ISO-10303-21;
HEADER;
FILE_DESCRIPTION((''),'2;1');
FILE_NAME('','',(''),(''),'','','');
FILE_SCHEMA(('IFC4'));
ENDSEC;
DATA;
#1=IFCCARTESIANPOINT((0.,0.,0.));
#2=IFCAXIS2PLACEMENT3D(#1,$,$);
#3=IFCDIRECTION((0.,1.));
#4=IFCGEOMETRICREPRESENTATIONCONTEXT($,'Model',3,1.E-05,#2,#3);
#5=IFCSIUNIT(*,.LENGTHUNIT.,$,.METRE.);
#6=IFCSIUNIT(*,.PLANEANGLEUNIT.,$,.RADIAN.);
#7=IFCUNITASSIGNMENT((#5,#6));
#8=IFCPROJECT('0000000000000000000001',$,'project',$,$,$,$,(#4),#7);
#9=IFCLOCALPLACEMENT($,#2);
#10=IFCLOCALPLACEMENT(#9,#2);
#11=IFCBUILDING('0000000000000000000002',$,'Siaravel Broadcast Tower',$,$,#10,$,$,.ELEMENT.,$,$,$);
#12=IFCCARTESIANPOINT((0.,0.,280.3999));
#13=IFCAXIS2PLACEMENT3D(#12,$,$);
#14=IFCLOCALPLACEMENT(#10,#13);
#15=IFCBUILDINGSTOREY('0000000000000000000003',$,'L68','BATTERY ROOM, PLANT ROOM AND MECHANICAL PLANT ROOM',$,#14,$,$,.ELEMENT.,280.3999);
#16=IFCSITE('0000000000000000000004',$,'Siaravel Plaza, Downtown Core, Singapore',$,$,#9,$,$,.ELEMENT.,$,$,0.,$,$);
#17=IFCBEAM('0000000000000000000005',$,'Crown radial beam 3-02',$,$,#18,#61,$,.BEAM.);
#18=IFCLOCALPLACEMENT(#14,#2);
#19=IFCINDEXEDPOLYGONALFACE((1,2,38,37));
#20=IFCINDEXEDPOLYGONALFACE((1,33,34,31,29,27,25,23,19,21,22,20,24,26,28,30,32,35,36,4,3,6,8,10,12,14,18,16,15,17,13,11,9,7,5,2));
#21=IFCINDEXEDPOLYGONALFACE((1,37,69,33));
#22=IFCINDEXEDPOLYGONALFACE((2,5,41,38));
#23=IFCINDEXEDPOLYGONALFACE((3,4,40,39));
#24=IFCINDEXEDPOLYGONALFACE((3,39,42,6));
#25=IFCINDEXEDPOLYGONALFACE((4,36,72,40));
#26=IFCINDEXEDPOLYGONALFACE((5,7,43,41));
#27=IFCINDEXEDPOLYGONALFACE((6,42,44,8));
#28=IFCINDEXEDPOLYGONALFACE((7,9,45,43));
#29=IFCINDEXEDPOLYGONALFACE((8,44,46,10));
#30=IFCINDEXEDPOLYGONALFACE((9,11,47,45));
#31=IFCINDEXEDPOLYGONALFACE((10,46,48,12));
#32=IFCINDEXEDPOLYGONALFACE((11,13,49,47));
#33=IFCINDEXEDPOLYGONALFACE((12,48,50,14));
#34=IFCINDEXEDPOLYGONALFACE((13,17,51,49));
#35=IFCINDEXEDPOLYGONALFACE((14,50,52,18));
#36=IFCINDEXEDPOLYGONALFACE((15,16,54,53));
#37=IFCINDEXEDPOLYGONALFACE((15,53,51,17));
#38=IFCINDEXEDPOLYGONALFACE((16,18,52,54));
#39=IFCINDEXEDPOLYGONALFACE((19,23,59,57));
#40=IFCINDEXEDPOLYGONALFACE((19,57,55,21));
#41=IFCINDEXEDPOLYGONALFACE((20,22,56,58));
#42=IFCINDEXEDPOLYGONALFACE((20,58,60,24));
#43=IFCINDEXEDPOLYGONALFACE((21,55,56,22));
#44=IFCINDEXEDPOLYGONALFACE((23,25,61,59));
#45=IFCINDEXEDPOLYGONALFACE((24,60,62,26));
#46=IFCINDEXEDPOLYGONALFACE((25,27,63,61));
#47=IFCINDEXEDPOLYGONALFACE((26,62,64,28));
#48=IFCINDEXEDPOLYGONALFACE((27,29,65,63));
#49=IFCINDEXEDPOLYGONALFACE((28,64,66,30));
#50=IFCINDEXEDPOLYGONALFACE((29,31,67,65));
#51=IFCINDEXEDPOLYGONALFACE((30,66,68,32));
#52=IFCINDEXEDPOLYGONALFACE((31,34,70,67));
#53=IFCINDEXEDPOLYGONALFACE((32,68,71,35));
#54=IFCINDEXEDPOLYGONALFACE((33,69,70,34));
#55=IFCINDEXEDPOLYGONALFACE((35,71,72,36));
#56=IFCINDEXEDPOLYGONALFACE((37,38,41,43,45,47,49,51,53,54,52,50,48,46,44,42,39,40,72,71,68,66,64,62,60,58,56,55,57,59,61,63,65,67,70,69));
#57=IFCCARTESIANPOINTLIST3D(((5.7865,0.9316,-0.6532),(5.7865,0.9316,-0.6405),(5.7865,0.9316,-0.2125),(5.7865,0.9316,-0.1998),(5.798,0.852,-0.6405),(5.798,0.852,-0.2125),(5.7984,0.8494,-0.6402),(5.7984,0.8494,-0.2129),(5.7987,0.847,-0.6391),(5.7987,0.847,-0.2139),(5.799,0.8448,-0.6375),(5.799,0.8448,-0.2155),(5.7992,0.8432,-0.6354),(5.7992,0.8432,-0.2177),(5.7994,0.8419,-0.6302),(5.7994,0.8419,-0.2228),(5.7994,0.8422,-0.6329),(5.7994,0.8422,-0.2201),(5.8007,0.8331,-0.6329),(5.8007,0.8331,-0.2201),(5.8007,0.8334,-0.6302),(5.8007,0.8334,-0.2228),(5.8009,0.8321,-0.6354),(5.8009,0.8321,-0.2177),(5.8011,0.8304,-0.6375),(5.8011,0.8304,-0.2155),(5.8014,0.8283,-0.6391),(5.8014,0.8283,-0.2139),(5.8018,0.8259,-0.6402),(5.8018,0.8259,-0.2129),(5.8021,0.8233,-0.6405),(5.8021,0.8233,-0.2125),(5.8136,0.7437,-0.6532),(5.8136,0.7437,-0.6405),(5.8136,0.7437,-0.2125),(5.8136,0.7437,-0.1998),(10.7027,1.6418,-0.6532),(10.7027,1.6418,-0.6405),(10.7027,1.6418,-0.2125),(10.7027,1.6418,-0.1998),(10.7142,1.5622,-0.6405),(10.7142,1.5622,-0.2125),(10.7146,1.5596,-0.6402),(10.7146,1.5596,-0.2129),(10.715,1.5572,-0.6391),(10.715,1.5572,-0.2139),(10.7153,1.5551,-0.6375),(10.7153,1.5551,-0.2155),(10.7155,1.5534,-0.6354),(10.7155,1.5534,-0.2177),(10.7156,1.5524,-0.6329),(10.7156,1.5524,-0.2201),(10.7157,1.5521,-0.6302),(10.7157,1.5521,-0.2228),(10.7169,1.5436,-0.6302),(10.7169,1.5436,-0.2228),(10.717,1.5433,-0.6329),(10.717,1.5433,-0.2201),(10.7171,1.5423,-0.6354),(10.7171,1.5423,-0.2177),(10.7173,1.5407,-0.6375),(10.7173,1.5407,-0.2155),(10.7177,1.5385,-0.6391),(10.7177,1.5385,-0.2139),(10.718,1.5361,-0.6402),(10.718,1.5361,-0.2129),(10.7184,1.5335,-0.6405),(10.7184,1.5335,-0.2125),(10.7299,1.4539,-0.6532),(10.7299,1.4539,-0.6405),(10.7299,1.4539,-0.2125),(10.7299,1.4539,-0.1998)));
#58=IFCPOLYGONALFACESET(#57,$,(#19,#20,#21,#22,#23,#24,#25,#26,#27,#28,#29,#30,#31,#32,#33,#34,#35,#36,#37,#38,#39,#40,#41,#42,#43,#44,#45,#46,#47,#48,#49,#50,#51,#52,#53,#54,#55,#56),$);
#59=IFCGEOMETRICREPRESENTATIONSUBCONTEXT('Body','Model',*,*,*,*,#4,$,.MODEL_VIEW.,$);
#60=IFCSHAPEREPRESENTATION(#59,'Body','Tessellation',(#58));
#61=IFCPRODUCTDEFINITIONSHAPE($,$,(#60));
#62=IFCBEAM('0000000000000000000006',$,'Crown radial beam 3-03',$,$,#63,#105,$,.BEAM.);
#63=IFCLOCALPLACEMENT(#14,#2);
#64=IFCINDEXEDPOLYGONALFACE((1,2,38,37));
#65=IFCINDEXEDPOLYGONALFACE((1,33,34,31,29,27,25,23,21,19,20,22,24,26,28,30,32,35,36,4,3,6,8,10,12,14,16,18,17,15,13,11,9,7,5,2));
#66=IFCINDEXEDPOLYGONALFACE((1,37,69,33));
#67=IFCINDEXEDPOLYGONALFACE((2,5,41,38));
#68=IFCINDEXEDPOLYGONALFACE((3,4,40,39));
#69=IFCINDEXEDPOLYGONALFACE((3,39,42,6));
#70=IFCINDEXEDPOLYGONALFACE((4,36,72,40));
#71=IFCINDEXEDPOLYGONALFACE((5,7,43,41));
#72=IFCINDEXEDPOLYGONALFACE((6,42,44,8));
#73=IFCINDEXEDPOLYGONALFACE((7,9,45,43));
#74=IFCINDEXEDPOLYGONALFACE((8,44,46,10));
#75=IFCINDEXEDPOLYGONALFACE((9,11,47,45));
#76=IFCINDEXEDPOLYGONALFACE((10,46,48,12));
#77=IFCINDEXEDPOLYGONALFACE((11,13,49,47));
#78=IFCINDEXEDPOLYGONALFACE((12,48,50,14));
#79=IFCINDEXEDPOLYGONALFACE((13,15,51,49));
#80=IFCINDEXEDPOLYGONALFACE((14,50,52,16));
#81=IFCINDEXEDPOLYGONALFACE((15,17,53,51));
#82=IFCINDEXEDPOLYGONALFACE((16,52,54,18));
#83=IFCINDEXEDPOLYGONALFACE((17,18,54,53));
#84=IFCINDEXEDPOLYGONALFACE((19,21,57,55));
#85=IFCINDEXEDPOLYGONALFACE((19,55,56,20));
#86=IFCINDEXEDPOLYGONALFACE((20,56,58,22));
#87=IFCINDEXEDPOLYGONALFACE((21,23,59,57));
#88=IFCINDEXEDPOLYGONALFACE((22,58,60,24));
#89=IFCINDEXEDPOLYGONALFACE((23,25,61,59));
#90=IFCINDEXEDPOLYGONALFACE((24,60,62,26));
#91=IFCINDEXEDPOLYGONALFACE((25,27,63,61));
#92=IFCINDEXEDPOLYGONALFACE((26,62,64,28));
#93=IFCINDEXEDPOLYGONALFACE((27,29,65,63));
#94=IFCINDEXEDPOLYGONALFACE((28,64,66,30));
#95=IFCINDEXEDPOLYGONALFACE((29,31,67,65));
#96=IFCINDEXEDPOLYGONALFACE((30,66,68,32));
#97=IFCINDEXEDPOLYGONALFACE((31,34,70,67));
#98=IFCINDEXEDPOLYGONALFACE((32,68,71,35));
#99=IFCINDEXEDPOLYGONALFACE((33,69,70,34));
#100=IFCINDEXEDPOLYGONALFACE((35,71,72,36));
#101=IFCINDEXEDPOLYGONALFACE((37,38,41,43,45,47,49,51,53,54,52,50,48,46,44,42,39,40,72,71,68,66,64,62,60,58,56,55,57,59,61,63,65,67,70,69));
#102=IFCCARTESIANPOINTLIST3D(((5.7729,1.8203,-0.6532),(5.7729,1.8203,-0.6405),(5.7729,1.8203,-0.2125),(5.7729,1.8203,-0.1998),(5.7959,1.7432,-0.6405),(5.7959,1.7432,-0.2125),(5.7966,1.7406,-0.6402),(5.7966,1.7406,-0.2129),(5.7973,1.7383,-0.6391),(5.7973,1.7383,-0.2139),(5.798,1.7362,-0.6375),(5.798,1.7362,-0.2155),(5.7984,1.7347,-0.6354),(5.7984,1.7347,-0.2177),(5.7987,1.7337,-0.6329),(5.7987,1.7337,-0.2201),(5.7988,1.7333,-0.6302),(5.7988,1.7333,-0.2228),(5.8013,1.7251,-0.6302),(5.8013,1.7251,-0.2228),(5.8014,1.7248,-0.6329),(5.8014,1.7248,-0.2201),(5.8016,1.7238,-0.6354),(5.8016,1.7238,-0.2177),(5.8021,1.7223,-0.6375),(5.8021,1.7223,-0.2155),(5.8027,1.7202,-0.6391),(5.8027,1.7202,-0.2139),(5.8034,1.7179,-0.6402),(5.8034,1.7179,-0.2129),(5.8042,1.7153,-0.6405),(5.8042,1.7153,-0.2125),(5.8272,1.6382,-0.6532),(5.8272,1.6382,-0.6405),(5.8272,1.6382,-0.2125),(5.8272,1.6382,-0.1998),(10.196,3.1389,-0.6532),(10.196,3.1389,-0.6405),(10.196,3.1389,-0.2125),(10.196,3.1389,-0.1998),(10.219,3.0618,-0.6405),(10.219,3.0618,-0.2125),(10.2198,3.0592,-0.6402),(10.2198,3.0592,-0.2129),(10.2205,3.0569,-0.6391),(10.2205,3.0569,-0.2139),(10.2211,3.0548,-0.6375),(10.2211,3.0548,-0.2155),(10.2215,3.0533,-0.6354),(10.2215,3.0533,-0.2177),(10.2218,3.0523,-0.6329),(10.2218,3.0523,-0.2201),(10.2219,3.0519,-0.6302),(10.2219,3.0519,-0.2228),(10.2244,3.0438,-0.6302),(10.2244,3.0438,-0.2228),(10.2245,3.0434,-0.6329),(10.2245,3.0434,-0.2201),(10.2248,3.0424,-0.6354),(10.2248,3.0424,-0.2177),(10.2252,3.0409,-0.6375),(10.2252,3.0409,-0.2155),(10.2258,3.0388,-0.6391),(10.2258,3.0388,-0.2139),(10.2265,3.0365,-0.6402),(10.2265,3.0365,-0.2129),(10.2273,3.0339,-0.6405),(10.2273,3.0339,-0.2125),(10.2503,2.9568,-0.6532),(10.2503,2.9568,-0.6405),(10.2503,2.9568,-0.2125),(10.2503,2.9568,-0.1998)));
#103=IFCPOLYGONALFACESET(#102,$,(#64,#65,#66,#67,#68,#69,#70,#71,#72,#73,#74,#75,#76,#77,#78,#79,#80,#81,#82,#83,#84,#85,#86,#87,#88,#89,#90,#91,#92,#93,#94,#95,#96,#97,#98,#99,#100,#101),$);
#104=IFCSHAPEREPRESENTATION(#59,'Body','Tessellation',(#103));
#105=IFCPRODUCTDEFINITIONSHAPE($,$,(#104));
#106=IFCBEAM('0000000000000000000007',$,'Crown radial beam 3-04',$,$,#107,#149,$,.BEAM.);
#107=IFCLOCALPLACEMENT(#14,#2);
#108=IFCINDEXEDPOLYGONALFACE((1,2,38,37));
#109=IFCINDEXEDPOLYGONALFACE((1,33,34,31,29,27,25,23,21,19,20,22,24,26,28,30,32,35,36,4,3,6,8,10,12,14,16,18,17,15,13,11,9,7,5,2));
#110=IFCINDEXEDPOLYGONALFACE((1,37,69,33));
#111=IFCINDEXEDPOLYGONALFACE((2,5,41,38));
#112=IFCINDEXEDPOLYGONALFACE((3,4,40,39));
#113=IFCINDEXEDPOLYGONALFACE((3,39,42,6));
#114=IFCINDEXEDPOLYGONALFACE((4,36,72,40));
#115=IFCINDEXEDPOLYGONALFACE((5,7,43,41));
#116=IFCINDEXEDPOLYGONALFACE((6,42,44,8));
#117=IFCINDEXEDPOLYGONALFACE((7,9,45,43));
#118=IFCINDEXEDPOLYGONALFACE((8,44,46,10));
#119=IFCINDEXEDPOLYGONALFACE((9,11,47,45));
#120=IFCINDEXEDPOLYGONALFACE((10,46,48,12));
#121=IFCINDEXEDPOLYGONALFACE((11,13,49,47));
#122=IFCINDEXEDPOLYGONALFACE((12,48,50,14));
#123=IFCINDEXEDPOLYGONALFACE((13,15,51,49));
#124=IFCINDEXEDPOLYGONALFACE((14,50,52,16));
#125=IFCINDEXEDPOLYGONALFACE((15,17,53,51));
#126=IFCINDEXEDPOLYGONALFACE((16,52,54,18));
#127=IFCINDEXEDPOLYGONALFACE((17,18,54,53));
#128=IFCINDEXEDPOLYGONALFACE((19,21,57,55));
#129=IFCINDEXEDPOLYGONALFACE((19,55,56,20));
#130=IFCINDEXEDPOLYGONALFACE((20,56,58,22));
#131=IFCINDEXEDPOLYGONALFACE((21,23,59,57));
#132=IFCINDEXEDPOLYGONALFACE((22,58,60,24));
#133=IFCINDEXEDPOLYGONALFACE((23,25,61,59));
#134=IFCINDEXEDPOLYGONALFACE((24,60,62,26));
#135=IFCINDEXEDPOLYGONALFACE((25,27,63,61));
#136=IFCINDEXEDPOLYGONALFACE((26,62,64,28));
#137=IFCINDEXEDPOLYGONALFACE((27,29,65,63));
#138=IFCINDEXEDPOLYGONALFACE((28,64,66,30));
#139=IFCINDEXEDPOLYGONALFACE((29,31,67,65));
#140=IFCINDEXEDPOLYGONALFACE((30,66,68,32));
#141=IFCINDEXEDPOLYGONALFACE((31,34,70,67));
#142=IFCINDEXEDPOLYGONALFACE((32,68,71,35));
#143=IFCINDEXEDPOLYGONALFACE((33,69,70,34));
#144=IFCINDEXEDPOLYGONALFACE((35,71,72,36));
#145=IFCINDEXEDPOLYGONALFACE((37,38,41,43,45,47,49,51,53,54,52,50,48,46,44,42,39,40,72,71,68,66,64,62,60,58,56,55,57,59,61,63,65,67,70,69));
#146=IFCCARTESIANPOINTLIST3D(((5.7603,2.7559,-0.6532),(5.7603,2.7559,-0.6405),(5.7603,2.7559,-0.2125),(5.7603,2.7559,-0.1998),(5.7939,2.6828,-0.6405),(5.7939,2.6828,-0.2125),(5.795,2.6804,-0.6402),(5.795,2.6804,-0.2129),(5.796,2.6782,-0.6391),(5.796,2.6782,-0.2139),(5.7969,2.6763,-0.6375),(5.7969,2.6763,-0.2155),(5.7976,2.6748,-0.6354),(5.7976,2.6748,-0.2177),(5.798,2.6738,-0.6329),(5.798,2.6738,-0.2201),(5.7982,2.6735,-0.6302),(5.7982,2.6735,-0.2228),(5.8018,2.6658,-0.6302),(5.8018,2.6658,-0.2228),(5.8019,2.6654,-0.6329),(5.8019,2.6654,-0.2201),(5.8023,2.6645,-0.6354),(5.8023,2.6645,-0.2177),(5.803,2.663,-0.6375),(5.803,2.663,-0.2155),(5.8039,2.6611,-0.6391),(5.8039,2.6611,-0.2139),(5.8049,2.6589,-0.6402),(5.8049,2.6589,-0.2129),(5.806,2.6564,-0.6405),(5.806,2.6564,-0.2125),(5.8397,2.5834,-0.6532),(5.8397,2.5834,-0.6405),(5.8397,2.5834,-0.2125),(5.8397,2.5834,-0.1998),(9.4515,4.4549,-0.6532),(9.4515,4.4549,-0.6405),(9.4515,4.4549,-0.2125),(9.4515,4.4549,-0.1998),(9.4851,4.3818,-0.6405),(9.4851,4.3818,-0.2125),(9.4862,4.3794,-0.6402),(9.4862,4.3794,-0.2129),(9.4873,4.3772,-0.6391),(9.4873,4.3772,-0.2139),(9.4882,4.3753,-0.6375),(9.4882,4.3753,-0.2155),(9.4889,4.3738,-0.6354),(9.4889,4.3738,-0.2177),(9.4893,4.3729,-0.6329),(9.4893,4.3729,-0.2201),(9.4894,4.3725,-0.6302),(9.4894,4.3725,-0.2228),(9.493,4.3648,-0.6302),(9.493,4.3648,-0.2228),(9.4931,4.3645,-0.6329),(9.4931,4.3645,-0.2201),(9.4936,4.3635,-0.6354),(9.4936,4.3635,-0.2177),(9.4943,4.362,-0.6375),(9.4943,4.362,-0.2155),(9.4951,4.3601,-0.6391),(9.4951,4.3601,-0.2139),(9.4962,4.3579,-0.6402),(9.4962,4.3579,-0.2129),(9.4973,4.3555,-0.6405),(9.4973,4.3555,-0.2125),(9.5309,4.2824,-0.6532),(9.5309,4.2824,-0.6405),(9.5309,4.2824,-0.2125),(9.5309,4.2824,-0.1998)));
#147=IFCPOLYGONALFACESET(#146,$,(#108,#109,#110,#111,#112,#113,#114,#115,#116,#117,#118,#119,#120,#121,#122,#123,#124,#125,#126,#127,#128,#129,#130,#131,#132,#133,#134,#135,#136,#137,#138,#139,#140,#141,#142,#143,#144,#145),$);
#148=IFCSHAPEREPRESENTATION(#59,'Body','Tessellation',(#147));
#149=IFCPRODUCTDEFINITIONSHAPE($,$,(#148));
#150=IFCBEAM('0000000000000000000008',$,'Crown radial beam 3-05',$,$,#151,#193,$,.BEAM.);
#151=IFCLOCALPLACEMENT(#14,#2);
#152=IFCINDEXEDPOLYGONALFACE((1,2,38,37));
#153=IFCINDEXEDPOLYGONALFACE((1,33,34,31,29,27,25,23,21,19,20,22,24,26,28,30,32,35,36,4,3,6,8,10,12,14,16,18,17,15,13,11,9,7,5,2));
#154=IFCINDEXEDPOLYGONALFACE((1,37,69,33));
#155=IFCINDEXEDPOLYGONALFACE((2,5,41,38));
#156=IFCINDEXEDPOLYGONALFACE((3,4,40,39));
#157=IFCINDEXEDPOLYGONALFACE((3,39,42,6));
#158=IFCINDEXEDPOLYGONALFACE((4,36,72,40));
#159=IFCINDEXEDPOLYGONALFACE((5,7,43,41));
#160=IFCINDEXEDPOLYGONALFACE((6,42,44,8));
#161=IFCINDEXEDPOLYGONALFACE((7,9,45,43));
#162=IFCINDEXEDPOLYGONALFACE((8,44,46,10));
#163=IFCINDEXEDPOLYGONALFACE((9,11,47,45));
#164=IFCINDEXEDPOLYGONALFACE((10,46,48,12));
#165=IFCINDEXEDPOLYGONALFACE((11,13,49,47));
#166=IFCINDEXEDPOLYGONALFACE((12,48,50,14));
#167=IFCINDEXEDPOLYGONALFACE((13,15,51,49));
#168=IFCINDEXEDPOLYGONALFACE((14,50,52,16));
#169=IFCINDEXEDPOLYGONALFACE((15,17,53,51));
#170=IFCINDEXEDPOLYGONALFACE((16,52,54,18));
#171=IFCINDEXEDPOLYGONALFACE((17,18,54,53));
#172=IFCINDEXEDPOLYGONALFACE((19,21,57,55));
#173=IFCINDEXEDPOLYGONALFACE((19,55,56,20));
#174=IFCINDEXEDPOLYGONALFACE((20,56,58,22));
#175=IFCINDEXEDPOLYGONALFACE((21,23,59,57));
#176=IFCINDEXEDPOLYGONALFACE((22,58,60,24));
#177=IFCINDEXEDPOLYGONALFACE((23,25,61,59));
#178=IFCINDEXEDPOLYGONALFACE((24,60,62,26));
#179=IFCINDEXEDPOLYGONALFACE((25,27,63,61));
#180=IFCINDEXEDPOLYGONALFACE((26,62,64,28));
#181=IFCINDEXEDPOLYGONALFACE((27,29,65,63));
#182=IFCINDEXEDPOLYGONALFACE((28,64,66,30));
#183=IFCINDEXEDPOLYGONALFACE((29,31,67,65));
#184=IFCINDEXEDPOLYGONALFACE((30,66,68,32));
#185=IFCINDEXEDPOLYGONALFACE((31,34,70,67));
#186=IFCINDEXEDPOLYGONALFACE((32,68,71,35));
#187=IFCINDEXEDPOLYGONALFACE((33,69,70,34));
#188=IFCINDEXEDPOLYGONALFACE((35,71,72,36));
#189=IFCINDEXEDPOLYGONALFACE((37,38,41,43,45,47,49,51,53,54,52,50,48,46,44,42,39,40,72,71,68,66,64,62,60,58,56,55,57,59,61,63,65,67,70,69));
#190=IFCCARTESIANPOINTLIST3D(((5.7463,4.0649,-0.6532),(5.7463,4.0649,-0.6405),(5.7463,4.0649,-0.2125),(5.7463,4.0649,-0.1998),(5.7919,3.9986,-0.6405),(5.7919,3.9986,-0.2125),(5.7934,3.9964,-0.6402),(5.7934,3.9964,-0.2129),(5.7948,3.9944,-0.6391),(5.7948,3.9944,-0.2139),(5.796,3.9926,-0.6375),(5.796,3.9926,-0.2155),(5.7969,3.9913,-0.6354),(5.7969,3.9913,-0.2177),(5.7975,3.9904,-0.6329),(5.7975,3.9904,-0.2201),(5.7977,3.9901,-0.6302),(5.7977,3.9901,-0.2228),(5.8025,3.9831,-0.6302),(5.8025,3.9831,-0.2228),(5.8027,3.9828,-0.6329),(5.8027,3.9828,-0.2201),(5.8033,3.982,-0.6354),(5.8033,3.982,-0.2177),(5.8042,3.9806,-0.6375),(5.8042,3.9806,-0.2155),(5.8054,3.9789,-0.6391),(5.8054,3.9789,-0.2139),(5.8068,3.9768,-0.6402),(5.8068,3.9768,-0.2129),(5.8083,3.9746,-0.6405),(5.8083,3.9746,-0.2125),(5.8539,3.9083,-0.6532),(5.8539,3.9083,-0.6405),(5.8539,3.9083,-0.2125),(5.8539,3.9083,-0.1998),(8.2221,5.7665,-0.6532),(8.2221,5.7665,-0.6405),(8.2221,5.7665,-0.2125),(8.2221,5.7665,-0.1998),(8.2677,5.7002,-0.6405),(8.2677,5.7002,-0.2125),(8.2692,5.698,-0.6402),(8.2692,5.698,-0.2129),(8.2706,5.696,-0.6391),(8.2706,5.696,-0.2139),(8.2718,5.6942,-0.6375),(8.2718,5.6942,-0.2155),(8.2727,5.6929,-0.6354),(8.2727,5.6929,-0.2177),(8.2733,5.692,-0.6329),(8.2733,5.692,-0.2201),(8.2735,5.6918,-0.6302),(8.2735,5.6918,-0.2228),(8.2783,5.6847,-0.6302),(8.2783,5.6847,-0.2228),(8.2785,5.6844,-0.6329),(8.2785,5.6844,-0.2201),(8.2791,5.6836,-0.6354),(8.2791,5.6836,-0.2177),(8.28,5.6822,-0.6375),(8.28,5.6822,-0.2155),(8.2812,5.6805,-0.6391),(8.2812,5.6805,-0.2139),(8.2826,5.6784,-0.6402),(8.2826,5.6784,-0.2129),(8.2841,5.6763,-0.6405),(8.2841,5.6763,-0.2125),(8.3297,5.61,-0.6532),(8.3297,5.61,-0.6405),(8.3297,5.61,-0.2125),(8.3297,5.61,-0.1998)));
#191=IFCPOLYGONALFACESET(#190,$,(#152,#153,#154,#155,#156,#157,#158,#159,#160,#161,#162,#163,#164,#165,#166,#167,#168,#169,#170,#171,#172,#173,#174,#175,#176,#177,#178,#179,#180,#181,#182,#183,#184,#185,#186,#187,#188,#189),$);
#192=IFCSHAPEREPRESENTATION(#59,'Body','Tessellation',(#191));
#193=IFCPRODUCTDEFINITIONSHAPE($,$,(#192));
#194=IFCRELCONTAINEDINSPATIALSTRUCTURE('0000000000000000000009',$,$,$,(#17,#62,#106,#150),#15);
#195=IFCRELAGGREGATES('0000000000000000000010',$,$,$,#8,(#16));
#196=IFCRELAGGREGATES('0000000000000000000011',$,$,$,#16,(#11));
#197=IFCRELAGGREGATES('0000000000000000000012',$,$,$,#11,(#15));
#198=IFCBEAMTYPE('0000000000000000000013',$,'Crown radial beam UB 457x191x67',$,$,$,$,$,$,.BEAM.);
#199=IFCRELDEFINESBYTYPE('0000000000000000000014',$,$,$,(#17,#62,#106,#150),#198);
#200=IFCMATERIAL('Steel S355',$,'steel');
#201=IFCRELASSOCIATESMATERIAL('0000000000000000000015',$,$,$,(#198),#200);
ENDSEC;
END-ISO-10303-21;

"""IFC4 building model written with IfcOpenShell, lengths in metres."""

from ifc_helpers import new_model, si_unit, direction, frame, origin, origin_2d, place, context, subcontext, project, spatial, i_section, extrude, material, material_profile, profile_set, type_object, element, save


model = new_model("IFC4")

# Units and contexts
model_context = context("Model", 3, precision=1e-05, world=origin(), true_north=direction((0.0, 1.0)))
body_context = subcontext(model_context, "Body", "Model", "MODEL_VIEW")
ifc_project = project(units=[si_unit("LENGTHUNIT", "METRE"), si_unit("PLANEANGLEUNIT", "RADIAN")], contexts=[model_context])

# Site, building, storey
site_placement = place(None, origin())
site = spatial("IfcSite", under=ifc_project, at=site_placement, Name="Siaravel Plaza, Downtown Core, Singapore", CompositionType="ELEMENT", RefElevation=0.0)
building_placement = place(site_placement, origin())
building = spatial("IfcBuilding", under=site, at=building_placement, Name="Siaravel Broadcast Tower", CompositionType="ELEMENT")
storey_placement = place(building_placement, frame((0.0, 0.0, 280.3999)))
storey = spatial("IfcBuildingStorey", under=building, at=storey_placement, Name="L68", Description="BATTERY ROOM, PLANT ROOM AND MECHANICAL PLANT ROOM", CompositionType="ELEMENT", Elevation=280.3999)

# Beams
ifc_material_1 = material(Name="Steel S355", Category="steel")
ifc_material_profile_1 = material_profile(ifc_material_1, i_section(OverallWidth=0.1899, OverallDepth=0.4534, WebThickness=0.0085, FlangeThickness=0.0127, FilletRadius=0.0103, at=origin_2d()))
ifc_profile_set_1 = profile_set([ifc_material_profile_1], Name="Steel S355")
beam_type_1 = type_object("IfcBeamType", Name="Crown radial beam UB 457x191x67", PredefinedType="BEAM", material=ifc_profile_set_1)
beam_1_placement = place(storey_placement, frame((10.7163, 1.5479, -0.4265), z_axis=(-0.989726, -0.142976, 0.0), x_axis=(0.142976, -0.989726, 0.0)))
element("IfcBeam", 1, at=beam_1_placement, inside=storey, type_object=beam_type_1, Name="Crown radial beam 3-02", PredefinedType="BEAM", context=body_context, shape_type="SweptSolid", body=[
    extrude(i_section(OverallWidth=0.1899, OverallDepth=0.4534, WebThickness=0.0085, FlangeThickness=0.0127, FilletRadius=0.0103, at=origin_2d()), origin(), (0.0, 0.0, 1.0), 4.9673),
])
beam_2_placement = place(storey_placement, frame((10.2231, 3.0479, -0.4265), z_axis=(-0.958321, -0.285693, 0.0), x_axis=(0.285693, -0.958321, 0.0)))
element("IfcBeam", 2, at=beam_2_placement, inside=storey, type_object=beam_type_1, Name="Crown radial beam 3-03", PredefinedType="BEAM", context=body_context, shape_type="SweptSolid", body=[
    extrude(i_section(OverallWidth=0.1899, OverallDepth=0.4534, WebThickness=0.0085, FlangeThickness=0.0127, FilletRadius=0.0103, at=origin_2d()), origin(), (0.0, 0.0, 1.0), 4.6155),
])
beam_3_placement = place(storey_placement, frame((9.4912, 4.3687, -0.4265), z_axis=(-0.908393, -0.418117, 0.0), x_axis=(0.418117, -0.908393, 0.0)))
element("IfcBeam", 3, at=beam_3_placement, inside=storey, type_object=beam_type_1, Name="Crown radial beam 3-04", PredefinedType="BEAM", context=body_context, shape_type="SweptSolid", body=[
    extrude(i_section(OverallWidth=0.1899, OverallDepth=0.4534, WebThickness=0.0085, FlangeThickness=0.0127, FilletRadius=0.0103, at=origin_2d()), origin(), (0.0, 0.0, 1.0), 4.0635),
])
beam_4_placement = place(storey_placement, frame((8.2759, 5.6882, -0.4265), z_axis=(-0.824115, -0.566422, 0.0), x_axis=(0.566422, -0.824115, 0.0)))
element("IfcBeam", 4, at=beam_4_placement, inside=storey, type_object=beam_type_1, Name="Crown radial beam 3-05", PredefinedType="BEAM", context=body_context, shape_type="SweptSolid", body=[
    extrude(i_section(OverallWidth=0.1899, OverallDepth=0.4534, WebThickness=0.0085, FlangeThickness=0.0127, FilletRadius=0.0103, at=origin_2d()), origin(), (0.0, 0.0, 1.0), 3.0042),
])

save(model, "model.ifc")
